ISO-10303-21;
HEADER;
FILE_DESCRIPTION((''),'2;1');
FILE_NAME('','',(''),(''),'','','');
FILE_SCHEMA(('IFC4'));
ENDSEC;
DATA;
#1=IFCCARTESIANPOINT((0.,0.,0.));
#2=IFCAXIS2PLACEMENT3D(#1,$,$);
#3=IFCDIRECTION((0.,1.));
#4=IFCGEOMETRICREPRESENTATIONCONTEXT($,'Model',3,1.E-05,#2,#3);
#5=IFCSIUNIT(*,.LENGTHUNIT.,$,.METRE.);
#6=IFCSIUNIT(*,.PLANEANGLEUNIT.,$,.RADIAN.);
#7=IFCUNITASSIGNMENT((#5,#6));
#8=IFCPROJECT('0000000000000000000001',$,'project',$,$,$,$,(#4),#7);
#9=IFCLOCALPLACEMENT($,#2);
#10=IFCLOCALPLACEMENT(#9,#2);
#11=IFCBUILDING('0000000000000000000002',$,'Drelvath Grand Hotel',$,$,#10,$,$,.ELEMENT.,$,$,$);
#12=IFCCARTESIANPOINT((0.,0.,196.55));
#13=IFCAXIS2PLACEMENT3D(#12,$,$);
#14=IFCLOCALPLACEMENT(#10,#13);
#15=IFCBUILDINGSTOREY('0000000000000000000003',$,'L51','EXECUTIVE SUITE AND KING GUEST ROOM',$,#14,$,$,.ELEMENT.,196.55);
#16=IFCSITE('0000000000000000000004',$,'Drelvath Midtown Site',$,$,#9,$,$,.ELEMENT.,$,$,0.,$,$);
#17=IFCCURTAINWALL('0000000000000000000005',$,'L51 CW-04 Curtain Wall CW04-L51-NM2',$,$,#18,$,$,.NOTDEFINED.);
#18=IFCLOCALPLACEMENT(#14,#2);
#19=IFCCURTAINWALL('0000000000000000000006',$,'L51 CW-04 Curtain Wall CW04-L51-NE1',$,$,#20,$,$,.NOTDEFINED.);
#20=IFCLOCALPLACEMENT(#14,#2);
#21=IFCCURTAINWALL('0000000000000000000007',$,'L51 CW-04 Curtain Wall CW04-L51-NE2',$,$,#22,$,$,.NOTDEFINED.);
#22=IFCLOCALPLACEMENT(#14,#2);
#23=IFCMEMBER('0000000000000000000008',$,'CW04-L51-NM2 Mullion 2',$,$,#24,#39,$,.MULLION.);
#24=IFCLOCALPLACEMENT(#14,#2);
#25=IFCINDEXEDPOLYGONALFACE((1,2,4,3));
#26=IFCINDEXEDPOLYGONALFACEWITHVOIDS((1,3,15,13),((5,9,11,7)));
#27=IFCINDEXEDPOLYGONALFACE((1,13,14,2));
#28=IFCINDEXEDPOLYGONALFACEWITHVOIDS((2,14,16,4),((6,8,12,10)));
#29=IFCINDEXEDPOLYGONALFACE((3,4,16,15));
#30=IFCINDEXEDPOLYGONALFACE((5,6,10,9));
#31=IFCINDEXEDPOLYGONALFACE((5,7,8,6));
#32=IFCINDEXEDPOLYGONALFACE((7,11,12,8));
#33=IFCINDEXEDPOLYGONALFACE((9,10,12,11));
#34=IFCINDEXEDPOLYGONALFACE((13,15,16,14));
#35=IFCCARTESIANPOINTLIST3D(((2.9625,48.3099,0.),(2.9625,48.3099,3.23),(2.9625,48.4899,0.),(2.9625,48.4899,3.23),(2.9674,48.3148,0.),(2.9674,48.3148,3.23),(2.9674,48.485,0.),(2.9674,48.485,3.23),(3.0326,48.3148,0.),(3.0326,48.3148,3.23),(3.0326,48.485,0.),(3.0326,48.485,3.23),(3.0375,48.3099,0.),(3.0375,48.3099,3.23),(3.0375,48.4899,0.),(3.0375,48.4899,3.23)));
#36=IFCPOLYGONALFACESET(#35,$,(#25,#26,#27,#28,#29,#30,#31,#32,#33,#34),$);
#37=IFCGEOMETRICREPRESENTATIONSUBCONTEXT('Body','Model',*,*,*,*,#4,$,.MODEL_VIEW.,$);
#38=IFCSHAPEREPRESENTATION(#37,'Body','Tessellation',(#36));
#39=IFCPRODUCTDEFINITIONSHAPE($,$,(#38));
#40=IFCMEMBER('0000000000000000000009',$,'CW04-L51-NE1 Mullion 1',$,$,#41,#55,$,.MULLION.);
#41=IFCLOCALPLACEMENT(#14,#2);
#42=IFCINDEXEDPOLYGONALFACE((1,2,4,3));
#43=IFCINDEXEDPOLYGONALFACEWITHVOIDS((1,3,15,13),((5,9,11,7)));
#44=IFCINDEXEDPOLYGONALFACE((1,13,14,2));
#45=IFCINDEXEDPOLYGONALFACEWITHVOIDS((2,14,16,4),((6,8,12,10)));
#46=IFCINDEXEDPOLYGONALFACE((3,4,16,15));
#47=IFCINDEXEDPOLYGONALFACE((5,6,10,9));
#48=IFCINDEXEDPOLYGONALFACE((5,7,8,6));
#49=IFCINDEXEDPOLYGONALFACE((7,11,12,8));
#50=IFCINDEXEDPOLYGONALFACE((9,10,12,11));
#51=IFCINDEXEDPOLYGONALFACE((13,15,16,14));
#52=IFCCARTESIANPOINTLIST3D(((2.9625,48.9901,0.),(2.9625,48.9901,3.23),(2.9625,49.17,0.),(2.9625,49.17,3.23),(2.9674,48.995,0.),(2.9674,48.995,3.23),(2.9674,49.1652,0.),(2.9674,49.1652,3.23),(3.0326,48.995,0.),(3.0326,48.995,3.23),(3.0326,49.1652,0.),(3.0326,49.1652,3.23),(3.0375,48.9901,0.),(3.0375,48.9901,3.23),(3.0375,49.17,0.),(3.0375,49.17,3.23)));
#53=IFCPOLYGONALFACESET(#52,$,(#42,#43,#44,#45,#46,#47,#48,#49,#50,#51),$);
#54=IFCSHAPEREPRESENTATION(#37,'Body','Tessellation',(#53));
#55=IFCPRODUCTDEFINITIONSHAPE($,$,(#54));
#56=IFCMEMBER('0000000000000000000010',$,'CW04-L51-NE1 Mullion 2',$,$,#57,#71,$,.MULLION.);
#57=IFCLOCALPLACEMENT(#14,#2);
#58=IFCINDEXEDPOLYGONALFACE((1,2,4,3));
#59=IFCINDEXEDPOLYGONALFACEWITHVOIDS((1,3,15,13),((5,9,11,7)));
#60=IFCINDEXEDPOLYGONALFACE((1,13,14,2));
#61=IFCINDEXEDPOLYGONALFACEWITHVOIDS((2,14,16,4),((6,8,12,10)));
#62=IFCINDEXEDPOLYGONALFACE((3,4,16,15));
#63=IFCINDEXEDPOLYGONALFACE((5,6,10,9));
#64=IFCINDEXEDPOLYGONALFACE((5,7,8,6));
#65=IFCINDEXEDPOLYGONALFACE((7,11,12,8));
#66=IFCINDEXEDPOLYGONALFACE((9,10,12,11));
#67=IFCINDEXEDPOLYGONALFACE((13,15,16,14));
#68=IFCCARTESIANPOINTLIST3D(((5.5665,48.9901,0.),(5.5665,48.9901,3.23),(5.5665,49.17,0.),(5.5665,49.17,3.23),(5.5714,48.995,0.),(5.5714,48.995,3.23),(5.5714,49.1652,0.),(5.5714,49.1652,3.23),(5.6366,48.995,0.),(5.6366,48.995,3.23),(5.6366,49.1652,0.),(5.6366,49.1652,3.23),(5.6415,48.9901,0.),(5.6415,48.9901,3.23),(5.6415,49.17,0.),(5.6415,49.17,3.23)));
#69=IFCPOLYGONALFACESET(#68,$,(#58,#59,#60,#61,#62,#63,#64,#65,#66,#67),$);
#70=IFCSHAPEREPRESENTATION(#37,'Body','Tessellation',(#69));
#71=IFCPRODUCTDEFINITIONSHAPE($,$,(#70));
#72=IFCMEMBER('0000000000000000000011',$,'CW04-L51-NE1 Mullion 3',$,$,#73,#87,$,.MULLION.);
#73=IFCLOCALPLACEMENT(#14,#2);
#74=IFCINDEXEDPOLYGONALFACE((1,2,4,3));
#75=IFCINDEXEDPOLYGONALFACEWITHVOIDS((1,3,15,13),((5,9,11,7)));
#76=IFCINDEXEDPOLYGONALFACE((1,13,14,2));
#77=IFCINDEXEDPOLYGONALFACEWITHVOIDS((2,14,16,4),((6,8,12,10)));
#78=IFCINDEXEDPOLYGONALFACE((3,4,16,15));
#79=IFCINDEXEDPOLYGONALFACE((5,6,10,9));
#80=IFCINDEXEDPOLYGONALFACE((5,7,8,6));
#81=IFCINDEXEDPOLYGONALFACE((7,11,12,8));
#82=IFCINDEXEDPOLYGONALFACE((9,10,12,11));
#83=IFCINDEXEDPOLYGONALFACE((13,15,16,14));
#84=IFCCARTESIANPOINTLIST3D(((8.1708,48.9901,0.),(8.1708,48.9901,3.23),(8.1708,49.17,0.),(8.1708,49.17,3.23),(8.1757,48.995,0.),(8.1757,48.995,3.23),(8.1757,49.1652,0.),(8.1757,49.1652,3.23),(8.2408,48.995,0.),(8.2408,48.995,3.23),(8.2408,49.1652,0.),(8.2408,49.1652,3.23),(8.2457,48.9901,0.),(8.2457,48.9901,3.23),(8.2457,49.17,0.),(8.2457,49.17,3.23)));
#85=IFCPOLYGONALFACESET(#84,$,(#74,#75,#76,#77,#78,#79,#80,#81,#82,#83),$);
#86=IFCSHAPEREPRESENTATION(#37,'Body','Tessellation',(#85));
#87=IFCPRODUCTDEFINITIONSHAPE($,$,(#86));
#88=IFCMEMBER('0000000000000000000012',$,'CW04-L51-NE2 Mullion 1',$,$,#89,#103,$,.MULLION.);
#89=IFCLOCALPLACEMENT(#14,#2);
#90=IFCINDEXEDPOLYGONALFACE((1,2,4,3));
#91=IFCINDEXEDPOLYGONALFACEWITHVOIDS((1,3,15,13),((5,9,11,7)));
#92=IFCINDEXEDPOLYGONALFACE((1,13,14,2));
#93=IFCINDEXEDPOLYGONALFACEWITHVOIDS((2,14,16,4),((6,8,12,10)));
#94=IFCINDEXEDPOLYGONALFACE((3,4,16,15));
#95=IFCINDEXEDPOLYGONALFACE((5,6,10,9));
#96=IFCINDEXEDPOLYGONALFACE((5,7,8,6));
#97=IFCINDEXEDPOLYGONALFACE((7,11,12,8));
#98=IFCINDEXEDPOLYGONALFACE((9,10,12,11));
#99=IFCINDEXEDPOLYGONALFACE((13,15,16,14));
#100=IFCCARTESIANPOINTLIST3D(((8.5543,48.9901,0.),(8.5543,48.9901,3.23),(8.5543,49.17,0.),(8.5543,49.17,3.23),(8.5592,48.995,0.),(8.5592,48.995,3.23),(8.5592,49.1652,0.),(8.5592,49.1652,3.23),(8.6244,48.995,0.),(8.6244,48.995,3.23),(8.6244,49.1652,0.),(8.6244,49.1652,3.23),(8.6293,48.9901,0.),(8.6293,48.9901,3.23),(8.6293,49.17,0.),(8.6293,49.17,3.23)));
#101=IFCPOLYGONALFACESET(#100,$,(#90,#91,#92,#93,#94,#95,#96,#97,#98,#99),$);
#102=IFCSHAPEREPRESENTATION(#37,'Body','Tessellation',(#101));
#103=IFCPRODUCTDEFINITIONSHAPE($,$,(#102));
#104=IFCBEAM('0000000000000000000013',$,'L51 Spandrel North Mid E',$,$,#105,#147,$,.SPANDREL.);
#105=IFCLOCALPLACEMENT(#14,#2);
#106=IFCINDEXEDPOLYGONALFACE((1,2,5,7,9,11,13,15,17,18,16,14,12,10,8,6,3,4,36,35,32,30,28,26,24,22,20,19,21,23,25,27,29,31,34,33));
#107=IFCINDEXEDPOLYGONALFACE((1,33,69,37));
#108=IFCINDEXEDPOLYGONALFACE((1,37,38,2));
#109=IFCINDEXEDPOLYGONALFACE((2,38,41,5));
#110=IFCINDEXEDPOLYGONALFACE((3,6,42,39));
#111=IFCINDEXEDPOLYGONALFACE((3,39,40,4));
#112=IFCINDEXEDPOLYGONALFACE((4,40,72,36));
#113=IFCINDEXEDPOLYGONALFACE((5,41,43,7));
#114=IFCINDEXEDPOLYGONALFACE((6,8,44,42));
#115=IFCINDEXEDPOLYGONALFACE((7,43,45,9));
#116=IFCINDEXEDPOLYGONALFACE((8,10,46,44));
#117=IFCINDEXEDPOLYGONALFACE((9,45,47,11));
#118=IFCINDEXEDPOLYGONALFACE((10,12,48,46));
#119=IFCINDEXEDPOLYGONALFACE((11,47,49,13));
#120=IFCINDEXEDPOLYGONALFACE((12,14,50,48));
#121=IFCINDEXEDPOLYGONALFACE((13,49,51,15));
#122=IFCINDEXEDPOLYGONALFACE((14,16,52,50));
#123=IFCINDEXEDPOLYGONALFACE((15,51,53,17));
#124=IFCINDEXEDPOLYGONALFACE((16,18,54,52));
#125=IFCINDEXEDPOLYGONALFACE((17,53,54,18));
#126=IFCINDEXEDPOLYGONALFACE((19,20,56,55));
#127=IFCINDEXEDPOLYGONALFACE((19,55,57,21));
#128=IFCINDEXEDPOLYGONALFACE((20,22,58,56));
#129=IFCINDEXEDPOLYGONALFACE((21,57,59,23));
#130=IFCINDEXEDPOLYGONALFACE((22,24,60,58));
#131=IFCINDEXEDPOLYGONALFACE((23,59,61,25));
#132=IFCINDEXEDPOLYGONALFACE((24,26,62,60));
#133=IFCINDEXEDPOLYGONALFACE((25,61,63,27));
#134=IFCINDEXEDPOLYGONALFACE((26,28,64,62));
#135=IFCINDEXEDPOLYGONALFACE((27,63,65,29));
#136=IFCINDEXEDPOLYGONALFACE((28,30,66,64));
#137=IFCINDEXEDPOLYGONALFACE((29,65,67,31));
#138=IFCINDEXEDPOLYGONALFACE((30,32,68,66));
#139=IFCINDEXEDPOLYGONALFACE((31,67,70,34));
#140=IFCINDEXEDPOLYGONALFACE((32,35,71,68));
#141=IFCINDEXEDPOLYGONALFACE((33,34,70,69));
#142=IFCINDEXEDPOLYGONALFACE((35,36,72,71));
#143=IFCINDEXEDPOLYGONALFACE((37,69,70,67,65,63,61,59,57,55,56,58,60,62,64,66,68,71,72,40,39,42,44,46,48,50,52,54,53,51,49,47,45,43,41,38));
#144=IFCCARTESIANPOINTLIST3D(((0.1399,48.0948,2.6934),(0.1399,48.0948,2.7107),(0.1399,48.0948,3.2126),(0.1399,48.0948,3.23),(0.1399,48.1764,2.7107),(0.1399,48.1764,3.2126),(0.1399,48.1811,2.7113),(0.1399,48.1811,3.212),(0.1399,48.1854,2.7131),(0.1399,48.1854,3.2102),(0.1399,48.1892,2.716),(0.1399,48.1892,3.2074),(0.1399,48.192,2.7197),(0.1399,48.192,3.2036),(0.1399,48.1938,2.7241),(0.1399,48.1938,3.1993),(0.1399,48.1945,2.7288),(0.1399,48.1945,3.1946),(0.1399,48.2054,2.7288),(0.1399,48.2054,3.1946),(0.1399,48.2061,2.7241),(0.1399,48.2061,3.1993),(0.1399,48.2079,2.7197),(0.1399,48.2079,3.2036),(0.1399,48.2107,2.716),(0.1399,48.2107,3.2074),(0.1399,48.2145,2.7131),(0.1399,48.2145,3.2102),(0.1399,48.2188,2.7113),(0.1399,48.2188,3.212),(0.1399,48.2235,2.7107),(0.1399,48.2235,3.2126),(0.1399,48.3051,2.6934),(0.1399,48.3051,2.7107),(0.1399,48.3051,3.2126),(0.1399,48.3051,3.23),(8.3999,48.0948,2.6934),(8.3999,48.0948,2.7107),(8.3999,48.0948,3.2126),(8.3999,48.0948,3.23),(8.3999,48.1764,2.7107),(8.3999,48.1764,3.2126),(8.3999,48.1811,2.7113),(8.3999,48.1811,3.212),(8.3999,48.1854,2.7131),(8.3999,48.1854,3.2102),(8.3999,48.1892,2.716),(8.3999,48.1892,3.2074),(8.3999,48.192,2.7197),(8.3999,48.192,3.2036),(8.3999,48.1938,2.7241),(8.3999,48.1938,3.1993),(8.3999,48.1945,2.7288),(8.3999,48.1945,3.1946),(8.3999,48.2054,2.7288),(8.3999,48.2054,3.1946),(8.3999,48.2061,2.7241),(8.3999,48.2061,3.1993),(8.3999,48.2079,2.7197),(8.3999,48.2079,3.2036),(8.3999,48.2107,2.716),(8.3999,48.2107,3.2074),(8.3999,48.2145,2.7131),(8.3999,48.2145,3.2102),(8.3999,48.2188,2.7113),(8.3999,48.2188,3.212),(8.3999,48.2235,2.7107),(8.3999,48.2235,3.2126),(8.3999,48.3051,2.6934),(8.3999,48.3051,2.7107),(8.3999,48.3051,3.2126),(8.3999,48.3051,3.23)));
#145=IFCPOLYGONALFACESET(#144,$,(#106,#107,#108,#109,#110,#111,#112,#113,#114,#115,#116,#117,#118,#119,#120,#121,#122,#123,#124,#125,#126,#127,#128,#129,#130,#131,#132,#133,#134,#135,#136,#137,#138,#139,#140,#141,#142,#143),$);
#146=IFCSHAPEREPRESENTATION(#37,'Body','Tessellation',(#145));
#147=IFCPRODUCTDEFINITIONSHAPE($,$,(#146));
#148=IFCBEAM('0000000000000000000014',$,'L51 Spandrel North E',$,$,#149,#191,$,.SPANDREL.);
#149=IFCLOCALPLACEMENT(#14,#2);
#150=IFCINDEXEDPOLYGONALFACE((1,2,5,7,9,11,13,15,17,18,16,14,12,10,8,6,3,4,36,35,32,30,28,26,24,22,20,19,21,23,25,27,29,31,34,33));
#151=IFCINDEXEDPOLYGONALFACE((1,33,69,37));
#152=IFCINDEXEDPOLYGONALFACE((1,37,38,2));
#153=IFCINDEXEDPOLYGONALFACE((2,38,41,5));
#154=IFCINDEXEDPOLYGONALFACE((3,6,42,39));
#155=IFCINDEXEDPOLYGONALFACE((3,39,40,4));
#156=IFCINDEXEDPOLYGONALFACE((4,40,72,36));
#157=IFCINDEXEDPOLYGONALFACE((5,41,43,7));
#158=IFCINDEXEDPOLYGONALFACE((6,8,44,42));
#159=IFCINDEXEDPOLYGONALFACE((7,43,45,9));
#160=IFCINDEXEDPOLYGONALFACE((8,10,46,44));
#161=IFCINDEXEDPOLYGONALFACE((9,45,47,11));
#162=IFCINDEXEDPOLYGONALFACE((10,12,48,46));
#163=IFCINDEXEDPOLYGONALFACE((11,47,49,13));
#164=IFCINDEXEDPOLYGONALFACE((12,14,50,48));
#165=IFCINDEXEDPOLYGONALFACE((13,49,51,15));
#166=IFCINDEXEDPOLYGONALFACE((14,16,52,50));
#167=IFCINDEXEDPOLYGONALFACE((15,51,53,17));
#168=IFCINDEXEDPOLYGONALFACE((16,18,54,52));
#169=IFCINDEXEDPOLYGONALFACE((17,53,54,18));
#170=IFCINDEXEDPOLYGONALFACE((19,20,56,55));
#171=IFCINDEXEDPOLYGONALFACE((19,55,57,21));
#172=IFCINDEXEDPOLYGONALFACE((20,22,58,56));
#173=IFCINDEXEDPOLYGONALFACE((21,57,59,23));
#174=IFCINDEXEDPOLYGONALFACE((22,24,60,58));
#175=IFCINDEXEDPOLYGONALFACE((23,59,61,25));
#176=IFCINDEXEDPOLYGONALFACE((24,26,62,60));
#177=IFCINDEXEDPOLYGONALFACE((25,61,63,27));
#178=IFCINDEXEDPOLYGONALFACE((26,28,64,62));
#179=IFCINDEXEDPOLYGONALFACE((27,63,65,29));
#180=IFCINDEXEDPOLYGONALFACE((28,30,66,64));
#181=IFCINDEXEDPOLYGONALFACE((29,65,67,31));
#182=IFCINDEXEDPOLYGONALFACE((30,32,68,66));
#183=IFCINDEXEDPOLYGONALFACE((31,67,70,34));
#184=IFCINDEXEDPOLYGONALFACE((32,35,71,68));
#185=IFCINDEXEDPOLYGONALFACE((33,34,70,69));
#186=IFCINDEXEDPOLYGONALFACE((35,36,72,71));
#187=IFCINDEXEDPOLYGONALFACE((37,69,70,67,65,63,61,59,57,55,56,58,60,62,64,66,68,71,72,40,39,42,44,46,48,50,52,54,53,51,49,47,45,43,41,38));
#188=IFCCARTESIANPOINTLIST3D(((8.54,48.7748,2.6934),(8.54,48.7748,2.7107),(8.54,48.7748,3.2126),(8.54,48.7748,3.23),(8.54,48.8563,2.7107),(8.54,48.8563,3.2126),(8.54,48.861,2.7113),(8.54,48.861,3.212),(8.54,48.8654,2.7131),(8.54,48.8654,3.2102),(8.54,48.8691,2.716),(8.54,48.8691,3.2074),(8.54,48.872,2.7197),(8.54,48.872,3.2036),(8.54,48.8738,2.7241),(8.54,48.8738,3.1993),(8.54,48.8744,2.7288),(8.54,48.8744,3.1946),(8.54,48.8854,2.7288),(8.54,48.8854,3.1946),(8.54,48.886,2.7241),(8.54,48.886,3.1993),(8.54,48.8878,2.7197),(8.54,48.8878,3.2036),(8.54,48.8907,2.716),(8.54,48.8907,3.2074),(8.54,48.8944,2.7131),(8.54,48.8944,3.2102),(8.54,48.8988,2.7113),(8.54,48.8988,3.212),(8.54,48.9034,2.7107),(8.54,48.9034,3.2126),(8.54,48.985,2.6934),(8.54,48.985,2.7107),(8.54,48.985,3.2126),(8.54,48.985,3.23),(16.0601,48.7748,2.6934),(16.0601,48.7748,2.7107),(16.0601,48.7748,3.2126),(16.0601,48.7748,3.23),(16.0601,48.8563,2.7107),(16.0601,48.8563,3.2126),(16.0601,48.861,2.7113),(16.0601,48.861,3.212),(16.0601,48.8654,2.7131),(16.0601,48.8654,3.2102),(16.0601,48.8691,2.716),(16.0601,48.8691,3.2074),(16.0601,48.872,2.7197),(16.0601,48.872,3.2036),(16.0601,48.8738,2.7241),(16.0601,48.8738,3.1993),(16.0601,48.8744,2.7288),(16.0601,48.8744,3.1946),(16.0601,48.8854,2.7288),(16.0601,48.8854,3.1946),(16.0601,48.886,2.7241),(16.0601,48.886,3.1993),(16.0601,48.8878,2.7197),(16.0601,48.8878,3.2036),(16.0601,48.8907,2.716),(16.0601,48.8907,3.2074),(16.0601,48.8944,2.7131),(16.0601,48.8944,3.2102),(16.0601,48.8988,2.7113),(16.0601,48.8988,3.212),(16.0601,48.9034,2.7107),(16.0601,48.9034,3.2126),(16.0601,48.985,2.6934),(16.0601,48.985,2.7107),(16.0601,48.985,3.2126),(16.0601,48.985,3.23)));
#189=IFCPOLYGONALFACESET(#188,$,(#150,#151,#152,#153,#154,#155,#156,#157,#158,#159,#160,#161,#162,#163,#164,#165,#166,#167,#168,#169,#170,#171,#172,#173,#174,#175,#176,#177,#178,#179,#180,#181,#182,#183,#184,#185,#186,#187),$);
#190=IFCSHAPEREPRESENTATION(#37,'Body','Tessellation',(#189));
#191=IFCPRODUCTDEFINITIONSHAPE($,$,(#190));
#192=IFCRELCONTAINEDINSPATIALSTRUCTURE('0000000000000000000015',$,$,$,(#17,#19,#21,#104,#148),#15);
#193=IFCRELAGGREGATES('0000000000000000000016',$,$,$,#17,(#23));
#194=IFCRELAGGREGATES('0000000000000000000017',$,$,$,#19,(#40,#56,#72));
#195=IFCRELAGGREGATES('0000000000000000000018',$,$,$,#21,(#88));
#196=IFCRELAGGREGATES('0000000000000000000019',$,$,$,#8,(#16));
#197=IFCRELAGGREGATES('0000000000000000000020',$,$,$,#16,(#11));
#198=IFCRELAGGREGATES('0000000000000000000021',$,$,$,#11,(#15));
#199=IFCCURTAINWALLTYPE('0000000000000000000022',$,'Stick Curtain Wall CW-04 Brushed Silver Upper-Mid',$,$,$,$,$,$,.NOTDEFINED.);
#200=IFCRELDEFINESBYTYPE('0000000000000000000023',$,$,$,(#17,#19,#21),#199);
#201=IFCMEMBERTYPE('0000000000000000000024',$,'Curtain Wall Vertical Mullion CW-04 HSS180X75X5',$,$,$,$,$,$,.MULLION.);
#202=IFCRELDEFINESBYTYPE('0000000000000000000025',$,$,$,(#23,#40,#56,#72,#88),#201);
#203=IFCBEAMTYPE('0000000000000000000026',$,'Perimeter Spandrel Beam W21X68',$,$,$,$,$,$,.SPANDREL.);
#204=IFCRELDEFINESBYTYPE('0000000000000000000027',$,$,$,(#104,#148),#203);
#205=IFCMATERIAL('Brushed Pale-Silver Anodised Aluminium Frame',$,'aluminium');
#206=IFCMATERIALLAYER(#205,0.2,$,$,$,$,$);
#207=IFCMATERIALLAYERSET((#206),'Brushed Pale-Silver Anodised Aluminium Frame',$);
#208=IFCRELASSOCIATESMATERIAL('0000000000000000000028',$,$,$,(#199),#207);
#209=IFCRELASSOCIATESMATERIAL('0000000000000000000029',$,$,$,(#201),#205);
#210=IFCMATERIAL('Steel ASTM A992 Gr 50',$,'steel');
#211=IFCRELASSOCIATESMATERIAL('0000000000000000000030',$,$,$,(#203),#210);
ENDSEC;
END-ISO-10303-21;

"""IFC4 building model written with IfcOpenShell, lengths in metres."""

from ifc_helpers import new_model, si_unit, direction, frame, origin, origin_2d, place, context, subcontext, project, spatial, hollow_rectangle, i_section, extrude, material, layer, layer_set, material_profile, profile_set, type_object, element, aggregate, save


model = new_model("IFC4")

# Units and contexts
model_context = context("Model", 3, precision=1e-05, world=origin(), true_north=direction((0.0, 1.0)))
body_context = subcontext(model_context, "Body", "Model", "MODEL_VIEW")
ifc_project = project(units=[si_unit("LENGTHUNIT", "METRE"), si_unit("PLANEANGLEUNIT", "RADIAN")], contexts=[model_context])

# Site, building, storey
site_placement = place(None, origin())
site = spatial("IfcSite", under=ifc_project, at=site_placement, Name="Drelvath Midtown Site", CompositionType="ELEMENT", RefElevation=0.0)
building_placement = place(site_placement, origin())
building = spatial("IfcBuilding", under=site, at=building_placement, Name="Drelvath Grand Hotel", CompositionType="ELEMENT")
storey_placement = place(building_placement, frame((0.0, 0.0, 196.55)))
storey = spatial("IfcBuildingStorey", under=building, at=storey_placement, Name="L51", Description="EXECUTIVE SUITE AND KING GUEST ROOM", CompositionType="ELEMENT", Elevation=196.55)

# Curtain walls
ifc_material_1 = material(Name="Brushed Pale-Silver Anodised Aluminium Frame", Category="aluminium")
ifc_layer_1 = layer(ifc_material_1, 0.2)
ifc_layer_set_1 = layer_set([ifc_layer_1], Name="Brushed Pale-Silver Anodised Aluminium Frame")
curtain_wall_type = type_object("IfcCurtainWallType", Name="Stick Curtain Wall CW-04 Brushed Silver Upper-Mid", PredefinedType="NOTDEFINED", material=ifc_layer_set_1)
curtain_wall_1_placement = place(storey_placement, origin())
curtain_wall_1 = element("IfcCurtainWall", 1, at=curtain_wall_1_placement, inside=storey, type_object=curtain_wall_type, Name="L51 CW-04 Curtain Wall CW04-L51-NM2", PredefinedType="NOTDEFINED")
curtain_wall_2_placement = place(storey_placement, origin())
curtain_wall_2 = element("IfcCurtainWall", 2, at=curtain_wall_2_placement, inside=storey, type_object=curtain_wall_type, Name="L51 CW-04 Curtain Wall CW04-L51-NE1", PredefinedType="NOTDEFINED")
curtain_wall_3_placement = place(storey_placement, origin())
curtain_wall_3 = element("IfcCurtainWall", 3, at=curtain_wall_3_placement, inside=storey, type_object=curtain_wall_type, Name="L51 CW-04 Curtain Wall CW04-L51-NE2", PredefinedType="NOTDEFINED")
ifc_material_profile_1 = material_profile(ifc_material_1, hollow_rectangle(XDim=0.075, YDim=0.1799, WallThickness=0.0049, at=origin_2d()), Name="HSS180X75X5")
ifc_profile_set_1 = profile_set([ifc_material_profile_1], Name="Brushed Pale-Silver Anodised Aluminium Frame")
member_type_1 = type_object("IfcMemberType", Name="Curtain Wall Vertical Mullion CW-04 HSS180X75X5", PredefinedType="MULLION", material=ifc_profile_set_1)

# Members
member_1_placement = place(storey_placement, frame((3.0, 48.3999, 0.0), z_axis=(0.0, 0.0, 1.0), x_axis=(1.0, 0.0, 0.0)))
member_1 = element("IfcMember", 4, at=member_1_placement, type_object=member_type_1, Name="CW04-L51-NM2 Mullion 2", PredefinedType="MULLION", context=body_context, shape_type="SweptSolid", body=[
    extrude(hollow_rectangle(XDim=0.075, YDim=0.1799, WallThickness=0.0049, at=origin_2d()), origin(), (0.0, 0.0, 1.0), 3.23),
])
member_2_placement = place(storey_placement, frame((3.0, 49.0801, 0.0), z_axis=(0.0, 0.0, 1.0), x_axis=(1.0, 0.0, 0.0)))
member_2 = element("IfcMember", 5, at=member_2_placement, type_object=member_type_1, Name="CW04-L51-NE1 Mullion 1", PredefinedType="MULLION", context=body_context, shape_type="SweptSolid", body=[
    extrude(hollow_rectangle(XDim=0.075, YDim=0.1799, WallThickness=0.0049, at=origin_2d()), origin(), (0.0, 0.0, 1.0), 3.23),
])
member_3_placement = place(storey_placement, frame((5.604, 49.0801, 0.0), z_axis=(0.0, 0.0, 1.0), x_axis=(1.0, 0.0, 0.0)))
member_3 = element("IfcMember", 6, at=member_3_placement, type_object=member_type_1, Name="CW04-L51-NE1 Mullion 2", PredefinedType="MULLION", context=body_context, shape_type="SweptSolid", body=[
    extrude(hollow_rectangle(XDim=0.075, YDim=0.1799, WallThickness=0.0049, at=origin_2d()), origin(), (0.0, 0.0, 1.0), 3.23),
])
member_4_placement = place(storey_placement, frame((8.2083, 49.0801, 0.0), z_axis=(0.0, 0.0, 1.0), x_axis=(1.0, 0.0, 0.0)))
member_4 = element("IfcMember", 7, at=member_4_placement, type_object=member_type_1, Name="CW04-L51-NE1 Mullion 3", PredefinedType="MULLION", context=body_context, shape_type="SweptSolid", body=[
    extrude(hollow_rectangle(XDim=0.075, YDim=0.1799, WallThickness=0.0049, at=origin_2d()), origin(), (0.0, 0.0, 1.0), 3.23),
])
member_5_placement = place(storey_placement, frame((8.5918, 49.0801, 0.0), z_axis=(0.0, 0.0, 1.0), x_axis=(1.0, 0.0, 0.0)))
member_5 = element("IfcMember", 8, at=member_5_placement, type_object=member_type_1, Name="CW04-L51-NE2 Mullion 1", PredefinedType="MULLION", context=body_context, shape_type="SweptSolid", body=[
    extrude(hollow_rectangle(XDim=0.075, YDim=0.1799, WallThickness=0.0049, at=origin_2d()), origin(), (0.0, 0.0, 1.0), 3.23),
])

# Beams
ifc_material_2 = material(Name="Steel ASTM A992 Gr 50", Category="steel")
ifc_material_profile_2 = material_profile(ifc_material_2, i_section(OverallWidth=0.2102, OverallDepth=0.5366, WebThickness=0.011, FlangeThickness=0.0173, FilletRadius=0.0181, at=origin_2d()), Name="W21X68")
ifc_profile_set_2 = profile_set([ifc_material_profile_2], Name="Steel ASTM A992 Gr 50")
beam_type = type_object("IfcBeamType", Name="Perimeter Spandrel Beam W21X68", PredefinedType="SPANDREL", material=ifc_profile_set_2)
beam_1_placement = place(storey_placement, frame((0.1399, 48.2, 2.9617), z_axis=(1.0, 0.0, 0.0), x_axis=(0.0, 1.0, 0.0)))
element("IfcBeam", 9, at=beam_1_placement, inside=storey, type_object=beam_type, Name="L51 Spandrel North Mid E", PredefinedType="SPANDREL", context=body_context, shape_type="SweptSolid", body=[
    extrude(i_section(OverallWidth=0.2102, OverallDepth=0.5366, WebThickness=0.011, FlangeThickness=0.0173, FilletRadius=0.0181, at=origin_2d()), origin(), (0.0, 0.0, 1.0), 8.26),
])
beam_2_placement = place(storey_placement, frame((8.54, 48.8799, 2.9617), z_axis=(1.0, 0.0, 0.0), x_axis=(0.0, 1.0, 0.0)))
element("IfcBeam", 10, at=beam_2_placement, inside=storey, type_object=beam_type, Name="L51 Spandrel North E", PredefinedType="SPANDREL", context=body_context, shape_type="SweptSolid", body=[
    extrude(i_section(OverallWidth=0.2102, OverallDepth=0.5366, WebThickness=0.011, FlangeThickness=0.0173, FilletRadius=0.0181, at=origin_2d()), origin(), (0.0, 0.0, 1.0), 7.52),
])

aggregate(curtain_wall_1, [member_1])
aggregate(curtain_wall_2, [member_2, member_3, member_4])
aggregate(curtain_wall_3, [member_5])

save(model, "model.ifc")
